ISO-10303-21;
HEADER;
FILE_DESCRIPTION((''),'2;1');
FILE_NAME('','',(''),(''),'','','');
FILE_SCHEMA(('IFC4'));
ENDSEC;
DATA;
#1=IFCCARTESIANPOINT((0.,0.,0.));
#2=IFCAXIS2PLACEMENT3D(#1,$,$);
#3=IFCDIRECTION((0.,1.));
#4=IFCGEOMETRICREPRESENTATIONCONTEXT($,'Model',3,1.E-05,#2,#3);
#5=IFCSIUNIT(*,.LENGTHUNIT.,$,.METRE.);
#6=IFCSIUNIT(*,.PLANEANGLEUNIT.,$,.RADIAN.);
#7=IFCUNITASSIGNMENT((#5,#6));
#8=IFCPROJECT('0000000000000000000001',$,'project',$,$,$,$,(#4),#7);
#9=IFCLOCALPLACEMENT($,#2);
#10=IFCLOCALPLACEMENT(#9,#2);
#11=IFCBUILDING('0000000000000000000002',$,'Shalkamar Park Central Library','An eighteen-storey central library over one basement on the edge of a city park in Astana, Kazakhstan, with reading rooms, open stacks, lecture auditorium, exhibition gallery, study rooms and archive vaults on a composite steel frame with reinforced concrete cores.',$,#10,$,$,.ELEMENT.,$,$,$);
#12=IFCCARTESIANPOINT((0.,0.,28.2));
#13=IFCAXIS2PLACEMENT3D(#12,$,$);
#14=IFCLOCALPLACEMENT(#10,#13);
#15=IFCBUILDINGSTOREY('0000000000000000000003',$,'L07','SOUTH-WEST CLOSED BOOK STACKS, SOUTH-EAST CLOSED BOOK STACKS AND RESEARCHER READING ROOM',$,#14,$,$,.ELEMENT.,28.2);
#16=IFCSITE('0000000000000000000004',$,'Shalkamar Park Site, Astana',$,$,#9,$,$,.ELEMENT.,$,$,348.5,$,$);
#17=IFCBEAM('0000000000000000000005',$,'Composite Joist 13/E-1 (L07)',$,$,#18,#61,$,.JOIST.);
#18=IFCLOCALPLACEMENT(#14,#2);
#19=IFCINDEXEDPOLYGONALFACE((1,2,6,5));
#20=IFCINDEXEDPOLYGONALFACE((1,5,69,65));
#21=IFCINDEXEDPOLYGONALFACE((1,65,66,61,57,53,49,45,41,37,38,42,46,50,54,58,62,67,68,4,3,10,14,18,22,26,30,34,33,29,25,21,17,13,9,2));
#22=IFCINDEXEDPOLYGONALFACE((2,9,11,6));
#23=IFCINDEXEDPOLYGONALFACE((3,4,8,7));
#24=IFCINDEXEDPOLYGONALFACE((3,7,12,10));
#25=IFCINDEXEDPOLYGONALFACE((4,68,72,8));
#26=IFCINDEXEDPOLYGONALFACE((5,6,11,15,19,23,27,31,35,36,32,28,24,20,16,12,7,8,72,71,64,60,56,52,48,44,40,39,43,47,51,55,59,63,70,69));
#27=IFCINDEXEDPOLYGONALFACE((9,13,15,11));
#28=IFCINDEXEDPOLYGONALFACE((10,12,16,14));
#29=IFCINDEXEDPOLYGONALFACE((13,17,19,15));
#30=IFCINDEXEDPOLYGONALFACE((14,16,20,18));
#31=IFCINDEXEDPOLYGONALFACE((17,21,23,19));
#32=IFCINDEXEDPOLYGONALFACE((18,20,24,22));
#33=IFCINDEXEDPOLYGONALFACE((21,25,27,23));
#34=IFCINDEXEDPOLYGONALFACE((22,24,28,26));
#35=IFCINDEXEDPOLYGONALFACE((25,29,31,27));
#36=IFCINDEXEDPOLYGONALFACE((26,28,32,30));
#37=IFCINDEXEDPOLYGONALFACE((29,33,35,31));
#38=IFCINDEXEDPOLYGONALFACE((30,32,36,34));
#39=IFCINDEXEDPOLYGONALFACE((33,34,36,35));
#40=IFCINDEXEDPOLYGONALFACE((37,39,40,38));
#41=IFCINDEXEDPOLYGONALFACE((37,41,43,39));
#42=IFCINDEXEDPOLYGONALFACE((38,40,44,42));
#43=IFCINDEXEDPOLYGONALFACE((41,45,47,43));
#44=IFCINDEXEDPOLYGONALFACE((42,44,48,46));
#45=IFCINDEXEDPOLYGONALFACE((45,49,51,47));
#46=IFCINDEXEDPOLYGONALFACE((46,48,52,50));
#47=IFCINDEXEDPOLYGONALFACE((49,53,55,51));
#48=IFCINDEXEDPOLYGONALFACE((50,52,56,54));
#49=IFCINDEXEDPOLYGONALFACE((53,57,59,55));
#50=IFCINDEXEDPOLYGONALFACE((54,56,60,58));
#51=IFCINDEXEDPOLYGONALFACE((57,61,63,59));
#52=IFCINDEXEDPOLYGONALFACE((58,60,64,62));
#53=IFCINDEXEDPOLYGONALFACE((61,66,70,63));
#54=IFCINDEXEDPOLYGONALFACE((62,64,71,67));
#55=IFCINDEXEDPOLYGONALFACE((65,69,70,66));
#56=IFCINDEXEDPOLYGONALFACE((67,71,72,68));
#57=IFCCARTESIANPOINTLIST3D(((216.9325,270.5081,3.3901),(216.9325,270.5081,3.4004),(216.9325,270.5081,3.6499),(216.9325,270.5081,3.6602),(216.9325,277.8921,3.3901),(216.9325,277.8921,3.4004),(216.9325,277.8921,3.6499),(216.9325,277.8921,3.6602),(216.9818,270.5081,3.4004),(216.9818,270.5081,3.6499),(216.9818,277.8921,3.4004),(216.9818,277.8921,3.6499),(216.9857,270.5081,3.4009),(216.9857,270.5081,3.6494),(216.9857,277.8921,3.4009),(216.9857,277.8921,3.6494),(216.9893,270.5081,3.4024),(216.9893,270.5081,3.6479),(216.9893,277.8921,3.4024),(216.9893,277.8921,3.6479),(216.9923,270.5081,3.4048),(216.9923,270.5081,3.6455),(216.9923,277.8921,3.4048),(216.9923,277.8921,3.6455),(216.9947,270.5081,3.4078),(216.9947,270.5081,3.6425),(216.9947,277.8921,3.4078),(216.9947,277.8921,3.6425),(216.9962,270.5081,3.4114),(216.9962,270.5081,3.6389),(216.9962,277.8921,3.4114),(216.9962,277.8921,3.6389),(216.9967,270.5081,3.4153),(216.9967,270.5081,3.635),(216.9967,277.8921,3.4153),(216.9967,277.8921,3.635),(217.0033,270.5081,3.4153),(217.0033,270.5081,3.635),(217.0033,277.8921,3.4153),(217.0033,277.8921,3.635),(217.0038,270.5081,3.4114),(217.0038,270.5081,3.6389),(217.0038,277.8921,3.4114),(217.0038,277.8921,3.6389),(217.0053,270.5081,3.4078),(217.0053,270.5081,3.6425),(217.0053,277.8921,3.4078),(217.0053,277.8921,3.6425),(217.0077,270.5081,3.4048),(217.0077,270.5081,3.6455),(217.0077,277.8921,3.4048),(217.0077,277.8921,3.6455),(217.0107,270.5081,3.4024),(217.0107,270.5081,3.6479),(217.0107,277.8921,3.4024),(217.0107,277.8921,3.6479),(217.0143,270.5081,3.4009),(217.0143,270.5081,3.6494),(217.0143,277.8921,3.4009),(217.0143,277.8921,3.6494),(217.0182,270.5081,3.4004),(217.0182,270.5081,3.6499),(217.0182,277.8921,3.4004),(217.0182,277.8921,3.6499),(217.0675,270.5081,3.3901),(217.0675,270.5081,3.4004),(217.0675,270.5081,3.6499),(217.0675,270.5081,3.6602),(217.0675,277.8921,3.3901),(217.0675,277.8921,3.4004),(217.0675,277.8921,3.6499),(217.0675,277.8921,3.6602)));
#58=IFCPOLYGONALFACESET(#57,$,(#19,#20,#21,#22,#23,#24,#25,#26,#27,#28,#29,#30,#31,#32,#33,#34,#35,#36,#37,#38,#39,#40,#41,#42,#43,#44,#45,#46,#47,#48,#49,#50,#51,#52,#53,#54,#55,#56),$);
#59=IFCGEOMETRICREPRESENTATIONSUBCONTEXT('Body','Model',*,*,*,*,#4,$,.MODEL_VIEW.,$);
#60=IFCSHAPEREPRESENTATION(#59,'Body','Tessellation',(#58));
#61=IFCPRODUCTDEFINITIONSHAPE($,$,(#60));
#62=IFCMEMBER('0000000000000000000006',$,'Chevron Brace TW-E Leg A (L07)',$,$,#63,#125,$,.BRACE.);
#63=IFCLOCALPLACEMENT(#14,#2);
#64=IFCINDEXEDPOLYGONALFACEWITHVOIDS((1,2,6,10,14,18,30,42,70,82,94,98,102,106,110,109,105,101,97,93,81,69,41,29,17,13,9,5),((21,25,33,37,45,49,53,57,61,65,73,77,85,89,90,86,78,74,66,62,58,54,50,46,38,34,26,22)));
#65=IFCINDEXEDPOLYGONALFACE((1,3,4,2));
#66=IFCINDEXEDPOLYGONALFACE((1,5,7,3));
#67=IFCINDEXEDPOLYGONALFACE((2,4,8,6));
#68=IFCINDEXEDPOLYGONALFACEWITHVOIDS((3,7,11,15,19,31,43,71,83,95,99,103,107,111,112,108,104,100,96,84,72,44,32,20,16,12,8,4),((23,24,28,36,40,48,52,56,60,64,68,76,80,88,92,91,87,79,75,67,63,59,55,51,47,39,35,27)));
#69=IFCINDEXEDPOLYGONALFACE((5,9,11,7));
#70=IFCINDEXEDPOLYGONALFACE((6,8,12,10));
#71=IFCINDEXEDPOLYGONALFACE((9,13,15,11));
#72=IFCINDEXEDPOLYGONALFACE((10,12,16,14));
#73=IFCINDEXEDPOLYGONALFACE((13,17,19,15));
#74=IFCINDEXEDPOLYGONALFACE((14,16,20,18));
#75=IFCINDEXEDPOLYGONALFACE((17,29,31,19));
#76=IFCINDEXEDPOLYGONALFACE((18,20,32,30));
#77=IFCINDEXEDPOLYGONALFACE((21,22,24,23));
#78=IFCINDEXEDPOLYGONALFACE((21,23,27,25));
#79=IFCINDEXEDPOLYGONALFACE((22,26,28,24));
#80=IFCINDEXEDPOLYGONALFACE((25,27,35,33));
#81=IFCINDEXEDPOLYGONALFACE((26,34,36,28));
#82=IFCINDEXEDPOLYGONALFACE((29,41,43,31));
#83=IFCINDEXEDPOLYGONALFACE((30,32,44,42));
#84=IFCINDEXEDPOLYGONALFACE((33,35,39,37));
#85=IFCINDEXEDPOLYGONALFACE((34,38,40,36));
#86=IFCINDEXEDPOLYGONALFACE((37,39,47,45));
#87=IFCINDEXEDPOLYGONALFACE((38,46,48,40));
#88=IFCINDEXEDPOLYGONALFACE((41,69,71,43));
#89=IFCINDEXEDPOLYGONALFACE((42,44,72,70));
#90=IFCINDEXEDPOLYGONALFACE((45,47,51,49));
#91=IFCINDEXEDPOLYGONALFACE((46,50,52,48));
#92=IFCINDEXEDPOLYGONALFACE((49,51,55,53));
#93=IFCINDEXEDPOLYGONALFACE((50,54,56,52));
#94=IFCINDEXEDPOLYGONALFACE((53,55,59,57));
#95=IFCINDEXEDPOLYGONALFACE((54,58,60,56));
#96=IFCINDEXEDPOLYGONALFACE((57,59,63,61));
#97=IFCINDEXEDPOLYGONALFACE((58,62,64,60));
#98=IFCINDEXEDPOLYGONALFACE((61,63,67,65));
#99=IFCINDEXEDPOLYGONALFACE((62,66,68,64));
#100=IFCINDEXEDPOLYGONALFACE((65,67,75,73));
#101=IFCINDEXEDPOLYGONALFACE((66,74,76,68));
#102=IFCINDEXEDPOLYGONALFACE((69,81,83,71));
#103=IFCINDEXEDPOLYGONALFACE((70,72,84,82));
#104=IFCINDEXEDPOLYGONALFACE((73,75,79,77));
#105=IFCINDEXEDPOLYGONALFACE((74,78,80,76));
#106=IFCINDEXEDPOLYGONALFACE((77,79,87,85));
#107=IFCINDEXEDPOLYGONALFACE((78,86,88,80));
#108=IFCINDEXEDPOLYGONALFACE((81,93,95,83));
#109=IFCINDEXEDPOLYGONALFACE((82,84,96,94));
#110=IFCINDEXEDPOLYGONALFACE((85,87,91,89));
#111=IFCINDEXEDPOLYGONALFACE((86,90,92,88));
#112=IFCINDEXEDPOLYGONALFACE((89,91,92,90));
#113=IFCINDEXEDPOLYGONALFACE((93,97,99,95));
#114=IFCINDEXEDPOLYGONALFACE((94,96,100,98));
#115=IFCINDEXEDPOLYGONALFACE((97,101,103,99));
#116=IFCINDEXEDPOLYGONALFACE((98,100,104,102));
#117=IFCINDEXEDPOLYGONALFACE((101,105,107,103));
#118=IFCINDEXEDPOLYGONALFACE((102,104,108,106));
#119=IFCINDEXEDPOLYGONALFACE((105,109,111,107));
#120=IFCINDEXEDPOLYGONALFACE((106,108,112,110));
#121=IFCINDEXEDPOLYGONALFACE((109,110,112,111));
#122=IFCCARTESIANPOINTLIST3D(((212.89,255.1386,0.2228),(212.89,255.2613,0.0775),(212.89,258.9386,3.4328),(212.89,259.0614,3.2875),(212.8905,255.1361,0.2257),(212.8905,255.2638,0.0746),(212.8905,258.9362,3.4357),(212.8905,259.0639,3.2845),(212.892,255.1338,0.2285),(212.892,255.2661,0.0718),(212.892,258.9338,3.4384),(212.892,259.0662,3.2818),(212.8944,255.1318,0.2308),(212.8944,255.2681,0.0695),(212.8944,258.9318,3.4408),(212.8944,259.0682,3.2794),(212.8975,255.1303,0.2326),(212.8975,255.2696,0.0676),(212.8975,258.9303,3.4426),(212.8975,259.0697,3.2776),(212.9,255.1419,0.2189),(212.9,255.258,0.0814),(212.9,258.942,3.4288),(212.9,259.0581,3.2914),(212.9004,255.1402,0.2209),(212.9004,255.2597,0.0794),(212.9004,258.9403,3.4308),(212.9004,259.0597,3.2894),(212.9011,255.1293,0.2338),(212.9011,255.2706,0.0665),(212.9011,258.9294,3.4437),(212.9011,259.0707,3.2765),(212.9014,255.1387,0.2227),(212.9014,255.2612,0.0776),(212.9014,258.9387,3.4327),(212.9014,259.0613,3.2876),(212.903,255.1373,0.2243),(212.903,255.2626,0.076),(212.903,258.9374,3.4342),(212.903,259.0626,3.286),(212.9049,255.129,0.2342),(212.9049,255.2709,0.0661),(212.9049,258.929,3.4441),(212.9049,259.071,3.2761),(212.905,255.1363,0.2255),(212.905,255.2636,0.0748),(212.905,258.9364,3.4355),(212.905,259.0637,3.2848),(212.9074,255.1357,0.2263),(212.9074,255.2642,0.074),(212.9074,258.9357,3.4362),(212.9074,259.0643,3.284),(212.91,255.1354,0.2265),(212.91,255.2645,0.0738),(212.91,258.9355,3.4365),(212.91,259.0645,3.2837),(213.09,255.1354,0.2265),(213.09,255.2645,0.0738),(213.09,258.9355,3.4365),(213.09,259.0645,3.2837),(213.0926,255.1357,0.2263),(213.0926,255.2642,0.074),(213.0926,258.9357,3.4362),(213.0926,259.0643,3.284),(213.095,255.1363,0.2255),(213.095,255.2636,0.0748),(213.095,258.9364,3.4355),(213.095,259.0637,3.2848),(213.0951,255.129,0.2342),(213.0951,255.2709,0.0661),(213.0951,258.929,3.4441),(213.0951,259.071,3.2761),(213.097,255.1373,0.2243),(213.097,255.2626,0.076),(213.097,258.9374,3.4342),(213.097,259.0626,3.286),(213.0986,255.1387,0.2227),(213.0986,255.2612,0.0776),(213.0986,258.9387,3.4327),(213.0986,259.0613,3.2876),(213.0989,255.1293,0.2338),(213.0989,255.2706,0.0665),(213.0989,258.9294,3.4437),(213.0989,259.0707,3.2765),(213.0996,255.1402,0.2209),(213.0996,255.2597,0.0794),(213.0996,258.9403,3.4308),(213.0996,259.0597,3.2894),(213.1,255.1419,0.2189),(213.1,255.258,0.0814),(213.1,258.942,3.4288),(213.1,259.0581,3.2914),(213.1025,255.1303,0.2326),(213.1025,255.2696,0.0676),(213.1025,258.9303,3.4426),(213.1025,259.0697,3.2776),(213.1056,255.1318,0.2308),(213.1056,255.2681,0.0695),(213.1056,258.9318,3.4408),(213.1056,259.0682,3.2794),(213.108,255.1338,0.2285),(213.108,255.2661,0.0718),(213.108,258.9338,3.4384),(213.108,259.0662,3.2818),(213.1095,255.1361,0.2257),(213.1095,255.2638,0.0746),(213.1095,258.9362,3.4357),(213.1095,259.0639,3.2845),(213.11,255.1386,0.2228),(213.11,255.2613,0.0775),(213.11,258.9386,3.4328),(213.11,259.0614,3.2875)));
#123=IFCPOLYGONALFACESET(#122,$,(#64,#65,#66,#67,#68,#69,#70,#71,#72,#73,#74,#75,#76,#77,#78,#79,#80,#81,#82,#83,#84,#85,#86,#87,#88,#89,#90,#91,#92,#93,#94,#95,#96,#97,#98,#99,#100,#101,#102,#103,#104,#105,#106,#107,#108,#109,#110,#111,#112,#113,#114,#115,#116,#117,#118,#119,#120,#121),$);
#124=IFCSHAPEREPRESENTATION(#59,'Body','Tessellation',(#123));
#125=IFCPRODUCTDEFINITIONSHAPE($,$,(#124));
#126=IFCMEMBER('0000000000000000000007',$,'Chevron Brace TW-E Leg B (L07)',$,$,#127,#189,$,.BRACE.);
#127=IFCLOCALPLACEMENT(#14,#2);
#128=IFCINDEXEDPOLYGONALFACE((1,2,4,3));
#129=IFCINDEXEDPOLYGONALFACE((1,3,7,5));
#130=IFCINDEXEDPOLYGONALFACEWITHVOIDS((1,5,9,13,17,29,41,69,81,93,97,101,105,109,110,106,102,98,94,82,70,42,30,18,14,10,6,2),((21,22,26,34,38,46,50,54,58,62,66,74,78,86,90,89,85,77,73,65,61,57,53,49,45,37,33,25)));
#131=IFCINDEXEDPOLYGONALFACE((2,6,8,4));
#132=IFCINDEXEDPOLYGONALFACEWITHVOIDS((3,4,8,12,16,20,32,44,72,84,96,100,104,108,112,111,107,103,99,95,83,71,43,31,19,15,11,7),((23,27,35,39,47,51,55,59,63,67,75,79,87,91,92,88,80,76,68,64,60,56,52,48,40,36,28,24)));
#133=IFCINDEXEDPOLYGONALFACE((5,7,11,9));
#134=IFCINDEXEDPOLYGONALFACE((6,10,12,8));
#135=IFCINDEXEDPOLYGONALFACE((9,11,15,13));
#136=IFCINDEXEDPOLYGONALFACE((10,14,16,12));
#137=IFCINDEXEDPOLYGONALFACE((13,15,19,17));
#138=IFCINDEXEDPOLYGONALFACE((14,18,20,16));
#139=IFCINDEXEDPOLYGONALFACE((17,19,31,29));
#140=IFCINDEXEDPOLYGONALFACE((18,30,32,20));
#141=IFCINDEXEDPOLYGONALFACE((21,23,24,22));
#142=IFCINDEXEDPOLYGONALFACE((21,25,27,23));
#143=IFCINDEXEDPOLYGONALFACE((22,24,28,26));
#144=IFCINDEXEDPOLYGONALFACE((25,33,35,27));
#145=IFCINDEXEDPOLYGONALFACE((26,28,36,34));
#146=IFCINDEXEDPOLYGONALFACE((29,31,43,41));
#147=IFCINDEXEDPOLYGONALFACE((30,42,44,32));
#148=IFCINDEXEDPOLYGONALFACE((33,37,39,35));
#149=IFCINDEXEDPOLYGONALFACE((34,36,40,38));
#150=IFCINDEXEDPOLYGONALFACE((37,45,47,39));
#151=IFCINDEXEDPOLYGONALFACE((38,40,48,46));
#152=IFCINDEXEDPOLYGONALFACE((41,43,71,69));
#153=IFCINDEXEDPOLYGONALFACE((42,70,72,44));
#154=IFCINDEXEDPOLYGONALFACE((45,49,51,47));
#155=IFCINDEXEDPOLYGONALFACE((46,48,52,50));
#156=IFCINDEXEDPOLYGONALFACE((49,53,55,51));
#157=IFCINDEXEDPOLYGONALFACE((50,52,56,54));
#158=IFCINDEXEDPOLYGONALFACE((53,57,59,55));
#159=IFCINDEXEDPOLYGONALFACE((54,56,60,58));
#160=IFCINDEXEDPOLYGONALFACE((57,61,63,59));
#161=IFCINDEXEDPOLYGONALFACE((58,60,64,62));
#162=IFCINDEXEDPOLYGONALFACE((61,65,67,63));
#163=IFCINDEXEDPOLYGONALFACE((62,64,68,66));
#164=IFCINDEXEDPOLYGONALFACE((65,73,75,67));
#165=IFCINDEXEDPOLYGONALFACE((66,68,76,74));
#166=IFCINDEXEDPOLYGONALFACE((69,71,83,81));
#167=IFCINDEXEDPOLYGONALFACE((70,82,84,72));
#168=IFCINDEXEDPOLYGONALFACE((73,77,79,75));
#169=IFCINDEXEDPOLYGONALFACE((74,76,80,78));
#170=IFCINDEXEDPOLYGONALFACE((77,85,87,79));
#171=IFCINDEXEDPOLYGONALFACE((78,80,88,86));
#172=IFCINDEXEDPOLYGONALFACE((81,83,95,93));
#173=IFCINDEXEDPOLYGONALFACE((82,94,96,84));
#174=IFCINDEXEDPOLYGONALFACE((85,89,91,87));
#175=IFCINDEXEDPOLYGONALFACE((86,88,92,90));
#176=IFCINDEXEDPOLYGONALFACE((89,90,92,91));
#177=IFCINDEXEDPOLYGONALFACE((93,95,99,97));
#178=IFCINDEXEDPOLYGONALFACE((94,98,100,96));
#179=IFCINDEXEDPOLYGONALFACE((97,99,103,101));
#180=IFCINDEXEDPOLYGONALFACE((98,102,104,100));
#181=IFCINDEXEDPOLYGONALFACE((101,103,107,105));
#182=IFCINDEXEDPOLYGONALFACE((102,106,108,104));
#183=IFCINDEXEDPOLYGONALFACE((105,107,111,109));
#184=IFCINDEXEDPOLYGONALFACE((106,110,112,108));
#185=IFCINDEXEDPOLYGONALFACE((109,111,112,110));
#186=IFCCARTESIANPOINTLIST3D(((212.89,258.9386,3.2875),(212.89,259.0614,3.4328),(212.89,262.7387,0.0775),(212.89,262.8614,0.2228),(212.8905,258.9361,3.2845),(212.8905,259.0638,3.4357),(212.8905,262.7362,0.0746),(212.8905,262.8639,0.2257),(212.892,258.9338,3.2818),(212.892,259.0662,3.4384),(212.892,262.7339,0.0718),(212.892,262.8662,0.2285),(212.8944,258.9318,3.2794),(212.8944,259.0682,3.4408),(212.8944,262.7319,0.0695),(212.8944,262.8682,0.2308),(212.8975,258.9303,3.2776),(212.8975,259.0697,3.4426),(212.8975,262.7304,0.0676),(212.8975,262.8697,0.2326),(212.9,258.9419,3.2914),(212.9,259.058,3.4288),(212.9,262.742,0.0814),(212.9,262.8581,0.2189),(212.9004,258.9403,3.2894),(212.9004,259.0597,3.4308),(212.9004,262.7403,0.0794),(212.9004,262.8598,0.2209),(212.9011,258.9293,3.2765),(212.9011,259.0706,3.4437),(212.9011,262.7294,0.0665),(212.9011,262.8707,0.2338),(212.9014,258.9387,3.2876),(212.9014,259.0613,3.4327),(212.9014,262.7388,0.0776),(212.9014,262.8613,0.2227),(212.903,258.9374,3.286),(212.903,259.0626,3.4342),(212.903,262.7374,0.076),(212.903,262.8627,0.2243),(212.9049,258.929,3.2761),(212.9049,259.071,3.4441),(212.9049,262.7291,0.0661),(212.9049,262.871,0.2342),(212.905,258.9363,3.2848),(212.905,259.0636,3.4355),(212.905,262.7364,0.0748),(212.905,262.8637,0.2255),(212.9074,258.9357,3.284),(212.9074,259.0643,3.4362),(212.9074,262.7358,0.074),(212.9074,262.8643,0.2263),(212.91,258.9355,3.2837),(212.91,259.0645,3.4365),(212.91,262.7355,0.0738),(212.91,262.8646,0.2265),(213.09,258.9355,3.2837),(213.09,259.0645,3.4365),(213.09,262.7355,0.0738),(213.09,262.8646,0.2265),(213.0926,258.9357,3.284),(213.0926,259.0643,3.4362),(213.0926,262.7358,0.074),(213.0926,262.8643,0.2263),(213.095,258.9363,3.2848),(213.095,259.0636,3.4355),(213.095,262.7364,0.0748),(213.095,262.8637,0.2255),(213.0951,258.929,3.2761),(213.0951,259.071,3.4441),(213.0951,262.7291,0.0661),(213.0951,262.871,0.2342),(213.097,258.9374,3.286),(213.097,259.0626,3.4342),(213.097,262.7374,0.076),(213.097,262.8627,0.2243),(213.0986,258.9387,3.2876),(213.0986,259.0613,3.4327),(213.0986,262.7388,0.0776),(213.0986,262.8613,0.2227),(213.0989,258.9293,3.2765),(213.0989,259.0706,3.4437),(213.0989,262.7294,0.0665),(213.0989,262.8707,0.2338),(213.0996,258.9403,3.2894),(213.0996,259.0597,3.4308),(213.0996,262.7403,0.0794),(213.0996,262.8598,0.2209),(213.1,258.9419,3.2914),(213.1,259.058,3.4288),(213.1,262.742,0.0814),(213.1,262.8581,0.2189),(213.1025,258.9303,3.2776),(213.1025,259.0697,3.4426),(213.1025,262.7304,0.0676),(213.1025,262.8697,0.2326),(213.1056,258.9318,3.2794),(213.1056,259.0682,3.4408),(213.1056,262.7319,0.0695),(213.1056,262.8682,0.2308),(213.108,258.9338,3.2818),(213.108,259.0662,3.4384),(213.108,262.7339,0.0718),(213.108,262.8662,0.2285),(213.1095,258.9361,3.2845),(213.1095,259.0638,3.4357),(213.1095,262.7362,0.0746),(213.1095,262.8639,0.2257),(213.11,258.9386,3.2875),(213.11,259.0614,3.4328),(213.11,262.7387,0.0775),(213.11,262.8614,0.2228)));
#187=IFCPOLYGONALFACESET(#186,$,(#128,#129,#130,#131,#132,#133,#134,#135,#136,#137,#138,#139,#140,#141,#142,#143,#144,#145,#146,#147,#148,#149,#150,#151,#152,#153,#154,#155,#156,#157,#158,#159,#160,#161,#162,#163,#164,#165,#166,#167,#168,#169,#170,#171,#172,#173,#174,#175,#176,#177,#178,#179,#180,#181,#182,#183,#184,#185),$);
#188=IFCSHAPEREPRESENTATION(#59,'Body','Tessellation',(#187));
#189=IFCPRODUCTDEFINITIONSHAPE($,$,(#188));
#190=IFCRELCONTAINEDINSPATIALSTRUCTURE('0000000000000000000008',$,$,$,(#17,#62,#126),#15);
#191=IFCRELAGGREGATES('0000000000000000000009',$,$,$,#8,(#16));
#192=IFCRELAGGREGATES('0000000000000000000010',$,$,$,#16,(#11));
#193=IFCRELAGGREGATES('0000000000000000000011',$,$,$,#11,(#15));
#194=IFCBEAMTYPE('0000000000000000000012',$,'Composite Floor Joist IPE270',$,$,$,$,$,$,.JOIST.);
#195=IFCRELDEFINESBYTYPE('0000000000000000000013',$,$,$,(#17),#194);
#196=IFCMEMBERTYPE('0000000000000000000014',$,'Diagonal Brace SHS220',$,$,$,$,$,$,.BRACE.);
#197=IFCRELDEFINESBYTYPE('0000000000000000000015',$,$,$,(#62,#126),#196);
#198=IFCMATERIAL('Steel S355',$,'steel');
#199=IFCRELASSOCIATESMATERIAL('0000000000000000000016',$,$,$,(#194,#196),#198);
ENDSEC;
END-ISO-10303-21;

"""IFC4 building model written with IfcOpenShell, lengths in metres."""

from ifc_helpers import new_model, si_unit, direction, frame, origin, origin_2d, place, context, subcontext, project, spatial, hollow_rectangle, i_section, extrude, material, material_profile, profile_set, type_object, element, save


model = new_model("IFC4")

# Units and contexts
model_context = context("Model", 3, precision=1e-05, world=origin(), true_north=direction((0.0, 1.0)))
body_context = subcontext(model_context, "Body", "Model", "MODEL_VIEW")
ifc_project = project(units=[si_unit("LENGTHUNIT", "METRE"), si_unit("PLANEANGLEUNIT", "RADIAN")], contexts=[model_context])

# Site, building, storey
site_placement = place(None, origin())
site = spatial("IfcSite", under=ifc_project, at=site_placement, Name="Shalkamar Park Site, Astana", CompositionType="ELEMENT", RefElevation=348.5)
building_placement = place(site_placement, origin())
building = spatial("IfcBuilding", under=site, at=building_placement, Name="Shalkamar Park Central Library", Description="An eighteen-storey central library over one basement on the edge of a city park in Astana, Kazakhstan, with reading rooms, open stacks, lecture auditorium, exhibition gallery, study rooms and archive vaults on a composite steel frame with reinforced concrete cores.", CompositionType="ELEMENT")
storey_placement = place(building_placement, frame((0.0, 0.0, 28.2)))
storey = spatial("IfcBuildingStorey", under=building, at=storey_placement, Name="L07", Description="SOUTH-WEST CLOSED BOOK STACKS, SOUTH-EAST CLOSED BOOK STACKS AND RESEARCHER READING ROOM", CompositionType="ELEMENT", Elevation=28.2)

# Shared definitions
ifc_material_1 = material(Name="Steel S355", Category="steel")

# Beam
ifc_material_profile_1 = material_profile(ifc_material_1, i_section(OverallWidth=0.135, OverallDepth=0.27, WebThickness=0.0066, FlangeThickness=0.0103, FilletRadius=0.0149, at=origin_2d()), Name="IPE 270")
ifc_profile_set_1 = profile_set([ifc_material_profile_1], Name="Steel S355")
beam_type_1 = type_object("IfcBeamType", Name="Composite Floor Joist IPE270", PredefinedType="JOIST", material=ifc_profile_set_1)
for number, where, z_axis, x_axis, name in (
    (1, (217.0, 270.5081, 3.5251), (0.0, 1.0, 0.0), (-1.0, 0.0, 0.0), "Composite Joist 13/E-1 (L07)"),
):
    element("IfcBeam", number, at=place(storey_placement, frame(where, z_axis=z_axis, x_axis=x_axis)), inside=storey, type_object=beam_type_1, Name=name, PredefinedType="JOIST", context=body_context, shape_type="SweptSolid", body=[
        extrude(i_section(OverallWidth=0.135, OverallDepth=0.27, WebThickness=0.0066, FlangeThickness=0.0103, FilletRadius=0.0149, at=origin_2d()), origin(), (0.0, 0.0, 1.0), 7.384),
    ])

# Members
ifc_material_profile_2 = material_profile(ifc_material_1, hollow_rectangle(XDim=0.22, YDim=0.22, WallThickness=0.01, InnerFilletRadius=0.01, OuterFilletRadius=0.0149, at=origin_2d()), Name="SHS 220x220x10")
ifc_profile_set_2 = profile_set([ifc_material_profile_2], Name="Steel S355")
member_type = type_object("IfcMemberType", Name="Diagonal Brace SHS220", PredefinedType="BRACE", material=ifc_profile_set_2)
for number, where, z_axis, x_axis, name in (
    (2, (213.0, 255.2, 0.1501), (0.0, 0.763928, 0.645302), (-1.0, 0.0, 0.0), "Chevron Brace TW-E Leg A (L07)"),
    (3, (213.0, 262.8, 0.1501), (0.0, -0.763928, 0.645302), (1.0, 0.0, 0.0), "Chevron Brace TW-E Leg B (L07)"),
):
    element("IfcMember", number, at=place(storey_placement, frame(where, z_axis=z_axis, x_axis=x_axis)), inside=storey, type_object=member_type, Name=name, PredefinedType="BRACE", context=body_context, shape_type="SweptSolid", body=[
        extrude(hollow_rectangle(XDim=0.22, YDim=0.22, WallThickness=0.01, InnerFilletRadius=0.01, OuterFilletRadius=0.0149, at=origin_2d()), origin(), (0.0, 0.0, 1.0), 4.9744),
    ])

save(model, "model.ifc")
